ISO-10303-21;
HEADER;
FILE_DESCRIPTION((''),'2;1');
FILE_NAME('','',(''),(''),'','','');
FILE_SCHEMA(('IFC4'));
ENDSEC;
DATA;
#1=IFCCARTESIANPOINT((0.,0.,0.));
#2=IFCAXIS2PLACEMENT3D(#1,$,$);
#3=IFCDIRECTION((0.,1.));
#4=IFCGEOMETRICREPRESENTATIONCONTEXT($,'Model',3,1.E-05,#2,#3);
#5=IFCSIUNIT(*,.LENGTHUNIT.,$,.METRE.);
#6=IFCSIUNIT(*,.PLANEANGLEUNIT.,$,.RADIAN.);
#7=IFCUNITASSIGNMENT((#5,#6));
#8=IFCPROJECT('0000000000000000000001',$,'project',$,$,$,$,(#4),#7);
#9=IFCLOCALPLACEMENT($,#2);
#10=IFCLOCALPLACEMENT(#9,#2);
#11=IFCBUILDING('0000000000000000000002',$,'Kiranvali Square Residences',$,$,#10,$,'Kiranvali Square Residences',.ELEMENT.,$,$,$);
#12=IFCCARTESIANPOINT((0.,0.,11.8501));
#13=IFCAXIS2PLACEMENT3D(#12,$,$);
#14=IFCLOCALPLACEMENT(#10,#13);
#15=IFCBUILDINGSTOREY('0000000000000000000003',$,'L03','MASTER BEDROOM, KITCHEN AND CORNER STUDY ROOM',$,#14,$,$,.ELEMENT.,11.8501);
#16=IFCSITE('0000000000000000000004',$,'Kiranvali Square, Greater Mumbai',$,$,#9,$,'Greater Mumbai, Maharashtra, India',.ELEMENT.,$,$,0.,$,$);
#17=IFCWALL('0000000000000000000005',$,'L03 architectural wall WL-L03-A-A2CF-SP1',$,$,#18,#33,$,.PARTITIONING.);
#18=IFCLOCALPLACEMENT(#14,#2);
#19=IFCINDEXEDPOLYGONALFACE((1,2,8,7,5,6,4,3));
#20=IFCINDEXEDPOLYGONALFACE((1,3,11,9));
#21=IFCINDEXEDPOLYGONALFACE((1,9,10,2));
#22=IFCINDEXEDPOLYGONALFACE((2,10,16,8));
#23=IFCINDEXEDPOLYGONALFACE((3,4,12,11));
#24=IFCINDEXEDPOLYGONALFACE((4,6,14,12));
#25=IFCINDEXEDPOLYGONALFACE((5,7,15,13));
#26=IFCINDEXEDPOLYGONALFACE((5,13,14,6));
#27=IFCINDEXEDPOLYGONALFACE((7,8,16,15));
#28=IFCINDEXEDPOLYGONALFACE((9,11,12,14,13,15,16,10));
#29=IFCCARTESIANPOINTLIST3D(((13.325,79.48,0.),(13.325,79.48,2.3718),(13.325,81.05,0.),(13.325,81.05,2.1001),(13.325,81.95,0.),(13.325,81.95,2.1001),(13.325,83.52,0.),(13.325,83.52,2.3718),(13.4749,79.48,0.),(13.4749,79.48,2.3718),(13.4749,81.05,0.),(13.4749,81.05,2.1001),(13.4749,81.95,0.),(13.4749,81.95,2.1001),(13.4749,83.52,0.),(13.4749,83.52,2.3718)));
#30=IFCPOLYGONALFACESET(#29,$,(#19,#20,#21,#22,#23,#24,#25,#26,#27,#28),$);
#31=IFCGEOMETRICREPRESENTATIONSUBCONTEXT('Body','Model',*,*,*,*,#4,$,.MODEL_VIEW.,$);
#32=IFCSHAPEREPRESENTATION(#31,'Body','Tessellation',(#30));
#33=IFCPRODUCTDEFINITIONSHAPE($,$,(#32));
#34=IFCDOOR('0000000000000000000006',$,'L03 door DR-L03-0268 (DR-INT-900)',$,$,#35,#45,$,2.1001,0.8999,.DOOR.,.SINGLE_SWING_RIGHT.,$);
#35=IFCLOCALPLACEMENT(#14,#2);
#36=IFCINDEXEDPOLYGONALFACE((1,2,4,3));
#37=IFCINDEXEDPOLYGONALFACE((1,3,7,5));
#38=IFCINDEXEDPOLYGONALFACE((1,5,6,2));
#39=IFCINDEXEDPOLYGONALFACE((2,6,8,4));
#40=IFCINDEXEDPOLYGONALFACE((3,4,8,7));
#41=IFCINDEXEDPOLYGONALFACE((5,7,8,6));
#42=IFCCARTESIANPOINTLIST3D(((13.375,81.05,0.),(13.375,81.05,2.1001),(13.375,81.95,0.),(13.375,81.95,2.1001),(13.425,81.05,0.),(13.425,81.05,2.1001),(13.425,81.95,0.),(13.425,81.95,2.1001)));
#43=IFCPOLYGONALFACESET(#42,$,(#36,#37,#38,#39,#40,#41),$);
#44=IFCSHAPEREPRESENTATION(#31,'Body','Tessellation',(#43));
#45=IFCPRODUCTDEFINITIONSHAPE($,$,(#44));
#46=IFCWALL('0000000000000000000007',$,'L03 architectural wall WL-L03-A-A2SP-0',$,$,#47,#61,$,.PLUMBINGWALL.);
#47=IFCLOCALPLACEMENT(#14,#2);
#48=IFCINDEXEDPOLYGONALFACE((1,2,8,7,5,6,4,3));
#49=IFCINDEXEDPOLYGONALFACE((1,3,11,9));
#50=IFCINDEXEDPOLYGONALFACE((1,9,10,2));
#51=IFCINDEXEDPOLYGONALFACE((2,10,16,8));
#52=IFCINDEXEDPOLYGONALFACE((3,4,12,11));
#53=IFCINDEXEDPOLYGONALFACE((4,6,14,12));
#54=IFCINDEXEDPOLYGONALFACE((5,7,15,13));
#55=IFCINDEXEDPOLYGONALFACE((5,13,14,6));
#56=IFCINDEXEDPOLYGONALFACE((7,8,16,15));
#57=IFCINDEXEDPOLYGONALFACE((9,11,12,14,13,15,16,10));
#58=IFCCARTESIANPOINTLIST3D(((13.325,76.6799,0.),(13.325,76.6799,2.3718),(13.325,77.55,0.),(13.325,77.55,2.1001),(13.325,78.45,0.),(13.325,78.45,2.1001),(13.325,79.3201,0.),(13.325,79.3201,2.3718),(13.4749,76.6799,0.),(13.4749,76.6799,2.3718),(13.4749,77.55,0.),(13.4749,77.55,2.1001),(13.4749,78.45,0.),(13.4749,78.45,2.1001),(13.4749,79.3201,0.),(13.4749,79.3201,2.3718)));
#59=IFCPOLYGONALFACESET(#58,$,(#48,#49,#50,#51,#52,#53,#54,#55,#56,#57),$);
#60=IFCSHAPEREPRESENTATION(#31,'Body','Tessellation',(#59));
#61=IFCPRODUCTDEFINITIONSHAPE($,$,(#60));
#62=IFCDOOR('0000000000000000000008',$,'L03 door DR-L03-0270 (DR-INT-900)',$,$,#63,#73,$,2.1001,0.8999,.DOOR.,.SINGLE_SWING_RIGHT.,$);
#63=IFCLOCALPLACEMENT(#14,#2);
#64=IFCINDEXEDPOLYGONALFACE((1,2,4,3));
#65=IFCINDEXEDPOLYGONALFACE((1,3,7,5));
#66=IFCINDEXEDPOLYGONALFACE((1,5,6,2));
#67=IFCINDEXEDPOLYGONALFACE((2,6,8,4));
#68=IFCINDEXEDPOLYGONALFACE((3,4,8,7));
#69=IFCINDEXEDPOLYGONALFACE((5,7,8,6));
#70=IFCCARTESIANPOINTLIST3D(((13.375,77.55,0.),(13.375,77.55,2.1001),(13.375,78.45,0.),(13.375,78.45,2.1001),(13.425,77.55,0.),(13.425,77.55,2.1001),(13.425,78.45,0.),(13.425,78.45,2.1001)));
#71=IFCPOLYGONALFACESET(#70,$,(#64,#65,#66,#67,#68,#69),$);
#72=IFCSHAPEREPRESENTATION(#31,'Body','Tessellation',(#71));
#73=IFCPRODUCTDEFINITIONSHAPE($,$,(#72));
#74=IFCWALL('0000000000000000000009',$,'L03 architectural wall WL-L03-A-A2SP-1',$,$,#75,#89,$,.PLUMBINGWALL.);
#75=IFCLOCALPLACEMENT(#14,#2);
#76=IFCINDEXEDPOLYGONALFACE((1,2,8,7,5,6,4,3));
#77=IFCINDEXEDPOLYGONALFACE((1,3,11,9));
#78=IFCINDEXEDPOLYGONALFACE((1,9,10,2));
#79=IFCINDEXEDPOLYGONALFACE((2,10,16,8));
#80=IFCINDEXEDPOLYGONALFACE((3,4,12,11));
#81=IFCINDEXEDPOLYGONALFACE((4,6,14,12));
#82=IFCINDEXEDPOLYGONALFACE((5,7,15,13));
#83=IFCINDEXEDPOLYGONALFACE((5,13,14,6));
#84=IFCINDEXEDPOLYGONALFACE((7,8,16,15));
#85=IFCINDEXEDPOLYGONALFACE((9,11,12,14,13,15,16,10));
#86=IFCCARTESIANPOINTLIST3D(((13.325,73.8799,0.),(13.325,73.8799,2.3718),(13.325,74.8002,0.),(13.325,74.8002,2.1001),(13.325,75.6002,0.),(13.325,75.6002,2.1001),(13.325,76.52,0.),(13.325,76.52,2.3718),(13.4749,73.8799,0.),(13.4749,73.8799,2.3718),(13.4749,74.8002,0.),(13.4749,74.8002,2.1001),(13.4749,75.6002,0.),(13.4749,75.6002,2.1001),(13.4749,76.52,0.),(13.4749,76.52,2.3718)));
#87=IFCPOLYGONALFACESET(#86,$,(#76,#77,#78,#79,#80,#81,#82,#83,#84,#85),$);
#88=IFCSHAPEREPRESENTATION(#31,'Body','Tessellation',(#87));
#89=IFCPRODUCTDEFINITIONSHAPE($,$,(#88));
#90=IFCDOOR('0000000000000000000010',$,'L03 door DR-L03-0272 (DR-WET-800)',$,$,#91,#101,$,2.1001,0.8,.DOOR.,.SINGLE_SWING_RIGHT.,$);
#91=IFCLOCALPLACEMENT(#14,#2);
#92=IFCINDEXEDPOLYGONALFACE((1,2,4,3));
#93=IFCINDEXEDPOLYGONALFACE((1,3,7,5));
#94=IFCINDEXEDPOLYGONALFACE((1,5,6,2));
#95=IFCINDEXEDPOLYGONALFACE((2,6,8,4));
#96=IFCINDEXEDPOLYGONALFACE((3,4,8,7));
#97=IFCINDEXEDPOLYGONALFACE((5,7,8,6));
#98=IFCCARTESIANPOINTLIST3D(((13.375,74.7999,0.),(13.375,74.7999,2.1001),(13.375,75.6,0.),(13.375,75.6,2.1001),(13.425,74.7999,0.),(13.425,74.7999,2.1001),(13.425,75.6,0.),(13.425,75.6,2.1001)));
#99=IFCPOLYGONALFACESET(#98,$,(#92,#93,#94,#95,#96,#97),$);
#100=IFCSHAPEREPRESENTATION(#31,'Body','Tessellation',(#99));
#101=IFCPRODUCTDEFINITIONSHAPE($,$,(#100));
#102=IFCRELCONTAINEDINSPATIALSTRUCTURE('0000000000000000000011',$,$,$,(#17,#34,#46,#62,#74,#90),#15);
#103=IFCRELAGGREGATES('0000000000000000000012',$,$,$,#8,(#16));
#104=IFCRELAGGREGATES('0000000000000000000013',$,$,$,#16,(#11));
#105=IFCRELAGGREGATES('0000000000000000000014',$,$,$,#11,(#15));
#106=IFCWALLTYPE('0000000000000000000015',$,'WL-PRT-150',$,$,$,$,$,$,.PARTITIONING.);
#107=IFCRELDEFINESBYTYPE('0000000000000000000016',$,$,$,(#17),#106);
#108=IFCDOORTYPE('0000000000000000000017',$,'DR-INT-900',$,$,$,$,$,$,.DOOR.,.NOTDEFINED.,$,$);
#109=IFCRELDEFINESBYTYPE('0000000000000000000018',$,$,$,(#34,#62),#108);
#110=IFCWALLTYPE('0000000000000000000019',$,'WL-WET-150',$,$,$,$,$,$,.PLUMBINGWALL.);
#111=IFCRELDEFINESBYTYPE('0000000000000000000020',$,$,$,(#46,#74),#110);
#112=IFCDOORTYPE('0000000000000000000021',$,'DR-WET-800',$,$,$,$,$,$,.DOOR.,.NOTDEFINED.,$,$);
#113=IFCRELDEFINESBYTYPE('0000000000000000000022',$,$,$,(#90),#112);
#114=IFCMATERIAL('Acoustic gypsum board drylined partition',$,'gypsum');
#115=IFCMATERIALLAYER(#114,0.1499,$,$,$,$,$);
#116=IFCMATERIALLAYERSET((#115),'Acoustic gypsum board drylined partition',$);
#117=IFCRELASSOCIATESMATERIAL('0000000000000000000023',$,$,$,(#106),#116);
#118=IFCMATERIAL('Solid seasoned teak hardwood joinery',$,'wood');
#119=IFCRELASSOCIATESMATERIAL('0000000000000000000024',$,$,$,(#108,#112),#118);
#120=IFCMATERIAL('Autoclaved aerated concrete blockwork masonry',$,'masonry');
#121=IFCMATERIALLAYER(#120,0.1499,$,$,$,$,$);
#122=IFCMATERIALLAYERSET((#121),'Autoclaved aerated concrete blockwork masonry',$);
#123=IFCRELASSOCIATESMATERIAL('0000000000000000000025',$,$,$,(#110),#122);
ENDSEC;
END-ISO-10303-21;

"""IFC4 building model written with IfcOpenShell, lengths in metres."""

from ifc_helpers import new_model, si_unit, direction, frame, frame_2d, origin, place, context, subcontext, project, spatial, rectangle, extrude, material, layer, layer_set, type_object, element, fill, save


model = new_model("IFC4")

# Units and contexts
model_context = context("Model", 3, precision=1e-05, world=origin(), true_north=direction((0.0, 1.0)))
body_context = subcontext(model_context, "Body", "Model", "MODEL_VIEW")
ifc_project = project(units=[si_unit("LENGTHUNIT", "METRE"), si_unit("PLANEANGLEUNIT", "RADIAN")], contexts=[model_context])

# Site, building, storey
site_placement = place(None, origin())
site = spatial("IfcSite", under=ifc_project, at=site_placement, Name="Kiranvali Square, Greater Mumbai", LongName="Greater Mumbai, Maharashtra, India", CompositionType="ELEMENT", RefElevation=0.0)
building_placement = place(site_placement, origin())
building = spatial("IfcBuilding", under=site, at=building_placement, Name="Kiranvali Square Residences", LongName="Kiranvali Square Residences", CompositionType="ELEMENT")
storey_placement = place(building_placement, frame((0.0, 0.0, 11.8501)))
storey = spatial("IfcBuildingStorey", under=building, at=storey_placement, Name="L03", Description="MASTER BEDROOM, KITCHEN AND CORNER STUDY ROOM", CompositionType="ELEMENT", Elevation=11.8501)

# Walls, openings, doors
ifc_material_1 = material(Name="Acoustic gypsum board drylined partition", Category="gypsum")
ifc_layer_1 = layer(ifc_material_1, 0.1499)
ifc_layer_set_1 = layer_set([ifc_layer_1], Name="Acoustic gypsum board drylined partition")
wall_type_1 = type_object("IfcWallType", Name="WL-PRT-150", PredefinedType="PARTITIONING", material=ifc_layer_set_1)
wall_1_placement = place(storey_placement, frame((13.3999, 83.52, 0.0), z_axis=(0.0, 0.0, 1.0), x_axis=(0.0, -1.0, 0.0)))
wall_1 = element("IfcWall", 1, at=wall_1_placement, inside=storey, type_object=wall_type_1, Name="L03 architectural wall WL-L03-A-A2CF-SP1", PredefinedType="PARTITIONING", context=body_context, shape_type="SweptSolid", body=[
    extrude(rectangle(XDim=4.04, YDim=0.1499, at=frame_2d((2.02, 0.0))), origin(), (0.0, 0.0, 1.0), 2.3718),
])
opening_1_placement = place(wall_1_placement, frame((1.5701, 0.0, 0.0)))
opening_1 = element("IfcOpeningElement", 2, at=opening_1_placement, cuts=wall_1, PredefinedType="OPENING", context=body_context, shape_type="SweptSolid", body=[
    extrude(rectangle(XDim=0.8999, YDim=2.1001, at=frame_2d((0.45, 1.05))), frame((0.0, 0.085, 0.0), z_axis=(0.0, -1.0, 0.0), x_axis=(1.0, 0.0, 0.0)), (0.0, 0.0, 1.0), 0.1699),
])
ifc_material_2 = material(Name="Solid seasoned teak hardwood joinery", Category="wood")
door_type_1 = type_object("IfcDoorType", Name="DR-INT-900", OperationType="NOTDEFINED", PredefinedType="DOOR", material=ifc_material_2)
door_1_placement = place(opening_1_placement, frame((0.8999, 0.0, 0.0), z_axis=(0.0, 0.0, 1.0), x_axis=(-1.0, 0.0, 0.0)))
door_1 = element("IfcDoor", 3, at=door_1_placement, inside=storey, type_object=door_type_1, Name="L03 door DR-L03-0268 (DR-INT-900)", OperationType="SINGLE_SWING_RIGHT", OverallHeight=2.1001, OverallWidth=0.8999, PredefinedType="DOOR", context=body_context, shape_type="SweptSolid", body=[
    extrude(rectangle(XDim=0.8999, YDim=2.1001, at=frame_2d((0.45, 1.05))), frame((0.0, 0.0249, 0.0), z_axis=(0.0, -1.0, 0.0), x_axis=(1.0, 0.0, 0.0)), (0.0, 0.0, 1.0), 0.05),
])
fill(opening_1, door_1)
ifc_material_3 = material(Name="Autoclaved aerated concrete blockwork masonry", Category="masonry")
ifc_layer_2 = layer(ifc_material_3, 0.1499)
ifc_layer_set_2 = layer_set([ifc_layer_2], Name="Autoclaved aerated concrete blockwork masonry")
wall_type_2 = type_object("IfcWallType", Name="WL-WET-150", PredefinedType="PLUMBINGWALL", material=ifc_layer_set_2)
wall_2_placement = place(storey_placement, frame((13.3999, 79.3201, 0.0), z_axis=(0.0, 0.0, 1.0), x_axis=(0.0, -1.0, 0.0)))
wall_2 = element("IfcWall", 4, at=wall_2_placement, inside=storey, type_object=wall_type_2, Name="L03 architectural wall WL-L03-A-A2SP-0", PredefinedType="PLUMBINGWALL", context=body_context, shape_type="SweptSolid", body=[
    extrude(rectangle(XDim=2.6401, YDim=0.1499, at=frame_2d((1.3201, 0.0))), origin(), (0.0, 0.0, 1.0), 2.3718),
])
opening_2_placement = place(wall_2_placement, frame((0.8701, 0.0, 0.0)))
opening_2 = element("IfcOpeningElement", 5, at=opening_2_placement, cuts=wall_2, PredefinedType="OPENING", context=body_context, shape_type="SweptSolid", body=[
    extrude(rectangle(XDim=0.8999, YDim=2.1001, at=frame_2d((0.45, 1.05))), frame((0.0, 0.085, 0.0), z_axis=(0.0, -1.0, 0.0), x_axis=(1.0, 0.0, 0.0)), (0.0, 0.0, 1.0), 0.1699),
])
door_2_placement = place(opening_2_placement, frame((0.8999, 0.0, 0.0), z_axis=(0.0, 0.0, 1.0), x_axis=(-1.0, 0.0, 0.0)))
door_2 = element("IfcDoor", 6, at=door_2_placement, inside=storey, type_object=door_type_1, Name="L03 door DR-L03-0270 (DR-INT-900)", OperationType="SINGLE_SWING_RIGHT", OverallHeight=2.1001, OverallWidth=0.8999, PredefinedType="DOOR", context=body_context, shape_type="SweptSolid", body=[
    extrude(rectangle(XDim=0.8999, YDim=2.1001, at=frame_2d((0.45, 1.05))), frame((0.0, 0.0249, 0.0), z_axis=(0.0, -1.0, 0.0), x_axis=(1.0, 0.0, 0.0)), (0.0, 0.0, 1.0), 0.05),
])
fill(opening_2, door_2)
wall_3_placement = place(storey_placement, frame((13.3999, 76.52, 0.0), z_axis=(0.0, 0.0, 1.0), x_axis=(0.0, -1.0, 0.0)))
wall_3 = element("IfcWall", 7, at=wall_3_placement, inside=storey, type_object=wall_type_2, Name="L03 architectural wall WL-L03-A-A2SP-1", PredefinedType="PLUMBINGWALL", context=body_context, shape_type="SweptSolid", body=[
    extrude(rectangle(XDim=2.6401, YDim=0.1499, at=frame_2d((1.3201, 0.0))), origin(), (0.0, 0.0, 1.0), 2.3718),
])
opening_3_placement = place(wall_3_placement, frame((0.9199, 0.0, 0.0)))
opening_3 = element("IfcOpeningElement", 8, at=opening_3_placement, cuts=wall_3, PredefinedType="OPENING", context=body_context, shape_type="SweptSolid", body=[
    extrude(rectangle(XDim=0.8, YDim=2.1001, at=frame_2d((0.3999, 1.05))), frame((0.0, 0.085, 0.0), z_axis=(0.0, -1.0, 0.0), x_axis=(1.0, 0.0, 0.0)), (0.0, 0.0, 1.0), 0.1699),
])
door_type_2 = type_object("IfcDoorType", Name="DR-WET-800", OperationType="NOTDEFINED", PredefinedType="DOOR", material=ifc_material_2)
door_3_placement = place(opening_3_placement, frame((0.8, 0.0, 0.0), z_axis=(0.0, 0.0, 1.0), x_axis=(-1.0, 0.0, 0.0)))
door_3 = element("IfcDoor", 9, at=door_3_placement, inside=storey, type_object=door_type_2, Name="L03 door DR-L03-0272 (DR-WET-800)", OperationType="SINGLE_SWING_RIGHT", OverallHeight=2.1001, OverallWidth=0.8, PredefinedType="DOOR", context=body_context, shape_type="SweptSolid", body=[
    extrude(rectangle(XDim=0.8, YDim=2.1001, at=frame_2d((0.3999, 1.05))), frame((0.0, 0.0249, 0.0), z_axis=(0.0, -1.0, 0.0), x_axis=(1.0, 0.0, 0.0)), (0.0, 0.0, 1.0), 0.05),
])
fill(opening_3, door_3)

save(model, "model.ifc")
